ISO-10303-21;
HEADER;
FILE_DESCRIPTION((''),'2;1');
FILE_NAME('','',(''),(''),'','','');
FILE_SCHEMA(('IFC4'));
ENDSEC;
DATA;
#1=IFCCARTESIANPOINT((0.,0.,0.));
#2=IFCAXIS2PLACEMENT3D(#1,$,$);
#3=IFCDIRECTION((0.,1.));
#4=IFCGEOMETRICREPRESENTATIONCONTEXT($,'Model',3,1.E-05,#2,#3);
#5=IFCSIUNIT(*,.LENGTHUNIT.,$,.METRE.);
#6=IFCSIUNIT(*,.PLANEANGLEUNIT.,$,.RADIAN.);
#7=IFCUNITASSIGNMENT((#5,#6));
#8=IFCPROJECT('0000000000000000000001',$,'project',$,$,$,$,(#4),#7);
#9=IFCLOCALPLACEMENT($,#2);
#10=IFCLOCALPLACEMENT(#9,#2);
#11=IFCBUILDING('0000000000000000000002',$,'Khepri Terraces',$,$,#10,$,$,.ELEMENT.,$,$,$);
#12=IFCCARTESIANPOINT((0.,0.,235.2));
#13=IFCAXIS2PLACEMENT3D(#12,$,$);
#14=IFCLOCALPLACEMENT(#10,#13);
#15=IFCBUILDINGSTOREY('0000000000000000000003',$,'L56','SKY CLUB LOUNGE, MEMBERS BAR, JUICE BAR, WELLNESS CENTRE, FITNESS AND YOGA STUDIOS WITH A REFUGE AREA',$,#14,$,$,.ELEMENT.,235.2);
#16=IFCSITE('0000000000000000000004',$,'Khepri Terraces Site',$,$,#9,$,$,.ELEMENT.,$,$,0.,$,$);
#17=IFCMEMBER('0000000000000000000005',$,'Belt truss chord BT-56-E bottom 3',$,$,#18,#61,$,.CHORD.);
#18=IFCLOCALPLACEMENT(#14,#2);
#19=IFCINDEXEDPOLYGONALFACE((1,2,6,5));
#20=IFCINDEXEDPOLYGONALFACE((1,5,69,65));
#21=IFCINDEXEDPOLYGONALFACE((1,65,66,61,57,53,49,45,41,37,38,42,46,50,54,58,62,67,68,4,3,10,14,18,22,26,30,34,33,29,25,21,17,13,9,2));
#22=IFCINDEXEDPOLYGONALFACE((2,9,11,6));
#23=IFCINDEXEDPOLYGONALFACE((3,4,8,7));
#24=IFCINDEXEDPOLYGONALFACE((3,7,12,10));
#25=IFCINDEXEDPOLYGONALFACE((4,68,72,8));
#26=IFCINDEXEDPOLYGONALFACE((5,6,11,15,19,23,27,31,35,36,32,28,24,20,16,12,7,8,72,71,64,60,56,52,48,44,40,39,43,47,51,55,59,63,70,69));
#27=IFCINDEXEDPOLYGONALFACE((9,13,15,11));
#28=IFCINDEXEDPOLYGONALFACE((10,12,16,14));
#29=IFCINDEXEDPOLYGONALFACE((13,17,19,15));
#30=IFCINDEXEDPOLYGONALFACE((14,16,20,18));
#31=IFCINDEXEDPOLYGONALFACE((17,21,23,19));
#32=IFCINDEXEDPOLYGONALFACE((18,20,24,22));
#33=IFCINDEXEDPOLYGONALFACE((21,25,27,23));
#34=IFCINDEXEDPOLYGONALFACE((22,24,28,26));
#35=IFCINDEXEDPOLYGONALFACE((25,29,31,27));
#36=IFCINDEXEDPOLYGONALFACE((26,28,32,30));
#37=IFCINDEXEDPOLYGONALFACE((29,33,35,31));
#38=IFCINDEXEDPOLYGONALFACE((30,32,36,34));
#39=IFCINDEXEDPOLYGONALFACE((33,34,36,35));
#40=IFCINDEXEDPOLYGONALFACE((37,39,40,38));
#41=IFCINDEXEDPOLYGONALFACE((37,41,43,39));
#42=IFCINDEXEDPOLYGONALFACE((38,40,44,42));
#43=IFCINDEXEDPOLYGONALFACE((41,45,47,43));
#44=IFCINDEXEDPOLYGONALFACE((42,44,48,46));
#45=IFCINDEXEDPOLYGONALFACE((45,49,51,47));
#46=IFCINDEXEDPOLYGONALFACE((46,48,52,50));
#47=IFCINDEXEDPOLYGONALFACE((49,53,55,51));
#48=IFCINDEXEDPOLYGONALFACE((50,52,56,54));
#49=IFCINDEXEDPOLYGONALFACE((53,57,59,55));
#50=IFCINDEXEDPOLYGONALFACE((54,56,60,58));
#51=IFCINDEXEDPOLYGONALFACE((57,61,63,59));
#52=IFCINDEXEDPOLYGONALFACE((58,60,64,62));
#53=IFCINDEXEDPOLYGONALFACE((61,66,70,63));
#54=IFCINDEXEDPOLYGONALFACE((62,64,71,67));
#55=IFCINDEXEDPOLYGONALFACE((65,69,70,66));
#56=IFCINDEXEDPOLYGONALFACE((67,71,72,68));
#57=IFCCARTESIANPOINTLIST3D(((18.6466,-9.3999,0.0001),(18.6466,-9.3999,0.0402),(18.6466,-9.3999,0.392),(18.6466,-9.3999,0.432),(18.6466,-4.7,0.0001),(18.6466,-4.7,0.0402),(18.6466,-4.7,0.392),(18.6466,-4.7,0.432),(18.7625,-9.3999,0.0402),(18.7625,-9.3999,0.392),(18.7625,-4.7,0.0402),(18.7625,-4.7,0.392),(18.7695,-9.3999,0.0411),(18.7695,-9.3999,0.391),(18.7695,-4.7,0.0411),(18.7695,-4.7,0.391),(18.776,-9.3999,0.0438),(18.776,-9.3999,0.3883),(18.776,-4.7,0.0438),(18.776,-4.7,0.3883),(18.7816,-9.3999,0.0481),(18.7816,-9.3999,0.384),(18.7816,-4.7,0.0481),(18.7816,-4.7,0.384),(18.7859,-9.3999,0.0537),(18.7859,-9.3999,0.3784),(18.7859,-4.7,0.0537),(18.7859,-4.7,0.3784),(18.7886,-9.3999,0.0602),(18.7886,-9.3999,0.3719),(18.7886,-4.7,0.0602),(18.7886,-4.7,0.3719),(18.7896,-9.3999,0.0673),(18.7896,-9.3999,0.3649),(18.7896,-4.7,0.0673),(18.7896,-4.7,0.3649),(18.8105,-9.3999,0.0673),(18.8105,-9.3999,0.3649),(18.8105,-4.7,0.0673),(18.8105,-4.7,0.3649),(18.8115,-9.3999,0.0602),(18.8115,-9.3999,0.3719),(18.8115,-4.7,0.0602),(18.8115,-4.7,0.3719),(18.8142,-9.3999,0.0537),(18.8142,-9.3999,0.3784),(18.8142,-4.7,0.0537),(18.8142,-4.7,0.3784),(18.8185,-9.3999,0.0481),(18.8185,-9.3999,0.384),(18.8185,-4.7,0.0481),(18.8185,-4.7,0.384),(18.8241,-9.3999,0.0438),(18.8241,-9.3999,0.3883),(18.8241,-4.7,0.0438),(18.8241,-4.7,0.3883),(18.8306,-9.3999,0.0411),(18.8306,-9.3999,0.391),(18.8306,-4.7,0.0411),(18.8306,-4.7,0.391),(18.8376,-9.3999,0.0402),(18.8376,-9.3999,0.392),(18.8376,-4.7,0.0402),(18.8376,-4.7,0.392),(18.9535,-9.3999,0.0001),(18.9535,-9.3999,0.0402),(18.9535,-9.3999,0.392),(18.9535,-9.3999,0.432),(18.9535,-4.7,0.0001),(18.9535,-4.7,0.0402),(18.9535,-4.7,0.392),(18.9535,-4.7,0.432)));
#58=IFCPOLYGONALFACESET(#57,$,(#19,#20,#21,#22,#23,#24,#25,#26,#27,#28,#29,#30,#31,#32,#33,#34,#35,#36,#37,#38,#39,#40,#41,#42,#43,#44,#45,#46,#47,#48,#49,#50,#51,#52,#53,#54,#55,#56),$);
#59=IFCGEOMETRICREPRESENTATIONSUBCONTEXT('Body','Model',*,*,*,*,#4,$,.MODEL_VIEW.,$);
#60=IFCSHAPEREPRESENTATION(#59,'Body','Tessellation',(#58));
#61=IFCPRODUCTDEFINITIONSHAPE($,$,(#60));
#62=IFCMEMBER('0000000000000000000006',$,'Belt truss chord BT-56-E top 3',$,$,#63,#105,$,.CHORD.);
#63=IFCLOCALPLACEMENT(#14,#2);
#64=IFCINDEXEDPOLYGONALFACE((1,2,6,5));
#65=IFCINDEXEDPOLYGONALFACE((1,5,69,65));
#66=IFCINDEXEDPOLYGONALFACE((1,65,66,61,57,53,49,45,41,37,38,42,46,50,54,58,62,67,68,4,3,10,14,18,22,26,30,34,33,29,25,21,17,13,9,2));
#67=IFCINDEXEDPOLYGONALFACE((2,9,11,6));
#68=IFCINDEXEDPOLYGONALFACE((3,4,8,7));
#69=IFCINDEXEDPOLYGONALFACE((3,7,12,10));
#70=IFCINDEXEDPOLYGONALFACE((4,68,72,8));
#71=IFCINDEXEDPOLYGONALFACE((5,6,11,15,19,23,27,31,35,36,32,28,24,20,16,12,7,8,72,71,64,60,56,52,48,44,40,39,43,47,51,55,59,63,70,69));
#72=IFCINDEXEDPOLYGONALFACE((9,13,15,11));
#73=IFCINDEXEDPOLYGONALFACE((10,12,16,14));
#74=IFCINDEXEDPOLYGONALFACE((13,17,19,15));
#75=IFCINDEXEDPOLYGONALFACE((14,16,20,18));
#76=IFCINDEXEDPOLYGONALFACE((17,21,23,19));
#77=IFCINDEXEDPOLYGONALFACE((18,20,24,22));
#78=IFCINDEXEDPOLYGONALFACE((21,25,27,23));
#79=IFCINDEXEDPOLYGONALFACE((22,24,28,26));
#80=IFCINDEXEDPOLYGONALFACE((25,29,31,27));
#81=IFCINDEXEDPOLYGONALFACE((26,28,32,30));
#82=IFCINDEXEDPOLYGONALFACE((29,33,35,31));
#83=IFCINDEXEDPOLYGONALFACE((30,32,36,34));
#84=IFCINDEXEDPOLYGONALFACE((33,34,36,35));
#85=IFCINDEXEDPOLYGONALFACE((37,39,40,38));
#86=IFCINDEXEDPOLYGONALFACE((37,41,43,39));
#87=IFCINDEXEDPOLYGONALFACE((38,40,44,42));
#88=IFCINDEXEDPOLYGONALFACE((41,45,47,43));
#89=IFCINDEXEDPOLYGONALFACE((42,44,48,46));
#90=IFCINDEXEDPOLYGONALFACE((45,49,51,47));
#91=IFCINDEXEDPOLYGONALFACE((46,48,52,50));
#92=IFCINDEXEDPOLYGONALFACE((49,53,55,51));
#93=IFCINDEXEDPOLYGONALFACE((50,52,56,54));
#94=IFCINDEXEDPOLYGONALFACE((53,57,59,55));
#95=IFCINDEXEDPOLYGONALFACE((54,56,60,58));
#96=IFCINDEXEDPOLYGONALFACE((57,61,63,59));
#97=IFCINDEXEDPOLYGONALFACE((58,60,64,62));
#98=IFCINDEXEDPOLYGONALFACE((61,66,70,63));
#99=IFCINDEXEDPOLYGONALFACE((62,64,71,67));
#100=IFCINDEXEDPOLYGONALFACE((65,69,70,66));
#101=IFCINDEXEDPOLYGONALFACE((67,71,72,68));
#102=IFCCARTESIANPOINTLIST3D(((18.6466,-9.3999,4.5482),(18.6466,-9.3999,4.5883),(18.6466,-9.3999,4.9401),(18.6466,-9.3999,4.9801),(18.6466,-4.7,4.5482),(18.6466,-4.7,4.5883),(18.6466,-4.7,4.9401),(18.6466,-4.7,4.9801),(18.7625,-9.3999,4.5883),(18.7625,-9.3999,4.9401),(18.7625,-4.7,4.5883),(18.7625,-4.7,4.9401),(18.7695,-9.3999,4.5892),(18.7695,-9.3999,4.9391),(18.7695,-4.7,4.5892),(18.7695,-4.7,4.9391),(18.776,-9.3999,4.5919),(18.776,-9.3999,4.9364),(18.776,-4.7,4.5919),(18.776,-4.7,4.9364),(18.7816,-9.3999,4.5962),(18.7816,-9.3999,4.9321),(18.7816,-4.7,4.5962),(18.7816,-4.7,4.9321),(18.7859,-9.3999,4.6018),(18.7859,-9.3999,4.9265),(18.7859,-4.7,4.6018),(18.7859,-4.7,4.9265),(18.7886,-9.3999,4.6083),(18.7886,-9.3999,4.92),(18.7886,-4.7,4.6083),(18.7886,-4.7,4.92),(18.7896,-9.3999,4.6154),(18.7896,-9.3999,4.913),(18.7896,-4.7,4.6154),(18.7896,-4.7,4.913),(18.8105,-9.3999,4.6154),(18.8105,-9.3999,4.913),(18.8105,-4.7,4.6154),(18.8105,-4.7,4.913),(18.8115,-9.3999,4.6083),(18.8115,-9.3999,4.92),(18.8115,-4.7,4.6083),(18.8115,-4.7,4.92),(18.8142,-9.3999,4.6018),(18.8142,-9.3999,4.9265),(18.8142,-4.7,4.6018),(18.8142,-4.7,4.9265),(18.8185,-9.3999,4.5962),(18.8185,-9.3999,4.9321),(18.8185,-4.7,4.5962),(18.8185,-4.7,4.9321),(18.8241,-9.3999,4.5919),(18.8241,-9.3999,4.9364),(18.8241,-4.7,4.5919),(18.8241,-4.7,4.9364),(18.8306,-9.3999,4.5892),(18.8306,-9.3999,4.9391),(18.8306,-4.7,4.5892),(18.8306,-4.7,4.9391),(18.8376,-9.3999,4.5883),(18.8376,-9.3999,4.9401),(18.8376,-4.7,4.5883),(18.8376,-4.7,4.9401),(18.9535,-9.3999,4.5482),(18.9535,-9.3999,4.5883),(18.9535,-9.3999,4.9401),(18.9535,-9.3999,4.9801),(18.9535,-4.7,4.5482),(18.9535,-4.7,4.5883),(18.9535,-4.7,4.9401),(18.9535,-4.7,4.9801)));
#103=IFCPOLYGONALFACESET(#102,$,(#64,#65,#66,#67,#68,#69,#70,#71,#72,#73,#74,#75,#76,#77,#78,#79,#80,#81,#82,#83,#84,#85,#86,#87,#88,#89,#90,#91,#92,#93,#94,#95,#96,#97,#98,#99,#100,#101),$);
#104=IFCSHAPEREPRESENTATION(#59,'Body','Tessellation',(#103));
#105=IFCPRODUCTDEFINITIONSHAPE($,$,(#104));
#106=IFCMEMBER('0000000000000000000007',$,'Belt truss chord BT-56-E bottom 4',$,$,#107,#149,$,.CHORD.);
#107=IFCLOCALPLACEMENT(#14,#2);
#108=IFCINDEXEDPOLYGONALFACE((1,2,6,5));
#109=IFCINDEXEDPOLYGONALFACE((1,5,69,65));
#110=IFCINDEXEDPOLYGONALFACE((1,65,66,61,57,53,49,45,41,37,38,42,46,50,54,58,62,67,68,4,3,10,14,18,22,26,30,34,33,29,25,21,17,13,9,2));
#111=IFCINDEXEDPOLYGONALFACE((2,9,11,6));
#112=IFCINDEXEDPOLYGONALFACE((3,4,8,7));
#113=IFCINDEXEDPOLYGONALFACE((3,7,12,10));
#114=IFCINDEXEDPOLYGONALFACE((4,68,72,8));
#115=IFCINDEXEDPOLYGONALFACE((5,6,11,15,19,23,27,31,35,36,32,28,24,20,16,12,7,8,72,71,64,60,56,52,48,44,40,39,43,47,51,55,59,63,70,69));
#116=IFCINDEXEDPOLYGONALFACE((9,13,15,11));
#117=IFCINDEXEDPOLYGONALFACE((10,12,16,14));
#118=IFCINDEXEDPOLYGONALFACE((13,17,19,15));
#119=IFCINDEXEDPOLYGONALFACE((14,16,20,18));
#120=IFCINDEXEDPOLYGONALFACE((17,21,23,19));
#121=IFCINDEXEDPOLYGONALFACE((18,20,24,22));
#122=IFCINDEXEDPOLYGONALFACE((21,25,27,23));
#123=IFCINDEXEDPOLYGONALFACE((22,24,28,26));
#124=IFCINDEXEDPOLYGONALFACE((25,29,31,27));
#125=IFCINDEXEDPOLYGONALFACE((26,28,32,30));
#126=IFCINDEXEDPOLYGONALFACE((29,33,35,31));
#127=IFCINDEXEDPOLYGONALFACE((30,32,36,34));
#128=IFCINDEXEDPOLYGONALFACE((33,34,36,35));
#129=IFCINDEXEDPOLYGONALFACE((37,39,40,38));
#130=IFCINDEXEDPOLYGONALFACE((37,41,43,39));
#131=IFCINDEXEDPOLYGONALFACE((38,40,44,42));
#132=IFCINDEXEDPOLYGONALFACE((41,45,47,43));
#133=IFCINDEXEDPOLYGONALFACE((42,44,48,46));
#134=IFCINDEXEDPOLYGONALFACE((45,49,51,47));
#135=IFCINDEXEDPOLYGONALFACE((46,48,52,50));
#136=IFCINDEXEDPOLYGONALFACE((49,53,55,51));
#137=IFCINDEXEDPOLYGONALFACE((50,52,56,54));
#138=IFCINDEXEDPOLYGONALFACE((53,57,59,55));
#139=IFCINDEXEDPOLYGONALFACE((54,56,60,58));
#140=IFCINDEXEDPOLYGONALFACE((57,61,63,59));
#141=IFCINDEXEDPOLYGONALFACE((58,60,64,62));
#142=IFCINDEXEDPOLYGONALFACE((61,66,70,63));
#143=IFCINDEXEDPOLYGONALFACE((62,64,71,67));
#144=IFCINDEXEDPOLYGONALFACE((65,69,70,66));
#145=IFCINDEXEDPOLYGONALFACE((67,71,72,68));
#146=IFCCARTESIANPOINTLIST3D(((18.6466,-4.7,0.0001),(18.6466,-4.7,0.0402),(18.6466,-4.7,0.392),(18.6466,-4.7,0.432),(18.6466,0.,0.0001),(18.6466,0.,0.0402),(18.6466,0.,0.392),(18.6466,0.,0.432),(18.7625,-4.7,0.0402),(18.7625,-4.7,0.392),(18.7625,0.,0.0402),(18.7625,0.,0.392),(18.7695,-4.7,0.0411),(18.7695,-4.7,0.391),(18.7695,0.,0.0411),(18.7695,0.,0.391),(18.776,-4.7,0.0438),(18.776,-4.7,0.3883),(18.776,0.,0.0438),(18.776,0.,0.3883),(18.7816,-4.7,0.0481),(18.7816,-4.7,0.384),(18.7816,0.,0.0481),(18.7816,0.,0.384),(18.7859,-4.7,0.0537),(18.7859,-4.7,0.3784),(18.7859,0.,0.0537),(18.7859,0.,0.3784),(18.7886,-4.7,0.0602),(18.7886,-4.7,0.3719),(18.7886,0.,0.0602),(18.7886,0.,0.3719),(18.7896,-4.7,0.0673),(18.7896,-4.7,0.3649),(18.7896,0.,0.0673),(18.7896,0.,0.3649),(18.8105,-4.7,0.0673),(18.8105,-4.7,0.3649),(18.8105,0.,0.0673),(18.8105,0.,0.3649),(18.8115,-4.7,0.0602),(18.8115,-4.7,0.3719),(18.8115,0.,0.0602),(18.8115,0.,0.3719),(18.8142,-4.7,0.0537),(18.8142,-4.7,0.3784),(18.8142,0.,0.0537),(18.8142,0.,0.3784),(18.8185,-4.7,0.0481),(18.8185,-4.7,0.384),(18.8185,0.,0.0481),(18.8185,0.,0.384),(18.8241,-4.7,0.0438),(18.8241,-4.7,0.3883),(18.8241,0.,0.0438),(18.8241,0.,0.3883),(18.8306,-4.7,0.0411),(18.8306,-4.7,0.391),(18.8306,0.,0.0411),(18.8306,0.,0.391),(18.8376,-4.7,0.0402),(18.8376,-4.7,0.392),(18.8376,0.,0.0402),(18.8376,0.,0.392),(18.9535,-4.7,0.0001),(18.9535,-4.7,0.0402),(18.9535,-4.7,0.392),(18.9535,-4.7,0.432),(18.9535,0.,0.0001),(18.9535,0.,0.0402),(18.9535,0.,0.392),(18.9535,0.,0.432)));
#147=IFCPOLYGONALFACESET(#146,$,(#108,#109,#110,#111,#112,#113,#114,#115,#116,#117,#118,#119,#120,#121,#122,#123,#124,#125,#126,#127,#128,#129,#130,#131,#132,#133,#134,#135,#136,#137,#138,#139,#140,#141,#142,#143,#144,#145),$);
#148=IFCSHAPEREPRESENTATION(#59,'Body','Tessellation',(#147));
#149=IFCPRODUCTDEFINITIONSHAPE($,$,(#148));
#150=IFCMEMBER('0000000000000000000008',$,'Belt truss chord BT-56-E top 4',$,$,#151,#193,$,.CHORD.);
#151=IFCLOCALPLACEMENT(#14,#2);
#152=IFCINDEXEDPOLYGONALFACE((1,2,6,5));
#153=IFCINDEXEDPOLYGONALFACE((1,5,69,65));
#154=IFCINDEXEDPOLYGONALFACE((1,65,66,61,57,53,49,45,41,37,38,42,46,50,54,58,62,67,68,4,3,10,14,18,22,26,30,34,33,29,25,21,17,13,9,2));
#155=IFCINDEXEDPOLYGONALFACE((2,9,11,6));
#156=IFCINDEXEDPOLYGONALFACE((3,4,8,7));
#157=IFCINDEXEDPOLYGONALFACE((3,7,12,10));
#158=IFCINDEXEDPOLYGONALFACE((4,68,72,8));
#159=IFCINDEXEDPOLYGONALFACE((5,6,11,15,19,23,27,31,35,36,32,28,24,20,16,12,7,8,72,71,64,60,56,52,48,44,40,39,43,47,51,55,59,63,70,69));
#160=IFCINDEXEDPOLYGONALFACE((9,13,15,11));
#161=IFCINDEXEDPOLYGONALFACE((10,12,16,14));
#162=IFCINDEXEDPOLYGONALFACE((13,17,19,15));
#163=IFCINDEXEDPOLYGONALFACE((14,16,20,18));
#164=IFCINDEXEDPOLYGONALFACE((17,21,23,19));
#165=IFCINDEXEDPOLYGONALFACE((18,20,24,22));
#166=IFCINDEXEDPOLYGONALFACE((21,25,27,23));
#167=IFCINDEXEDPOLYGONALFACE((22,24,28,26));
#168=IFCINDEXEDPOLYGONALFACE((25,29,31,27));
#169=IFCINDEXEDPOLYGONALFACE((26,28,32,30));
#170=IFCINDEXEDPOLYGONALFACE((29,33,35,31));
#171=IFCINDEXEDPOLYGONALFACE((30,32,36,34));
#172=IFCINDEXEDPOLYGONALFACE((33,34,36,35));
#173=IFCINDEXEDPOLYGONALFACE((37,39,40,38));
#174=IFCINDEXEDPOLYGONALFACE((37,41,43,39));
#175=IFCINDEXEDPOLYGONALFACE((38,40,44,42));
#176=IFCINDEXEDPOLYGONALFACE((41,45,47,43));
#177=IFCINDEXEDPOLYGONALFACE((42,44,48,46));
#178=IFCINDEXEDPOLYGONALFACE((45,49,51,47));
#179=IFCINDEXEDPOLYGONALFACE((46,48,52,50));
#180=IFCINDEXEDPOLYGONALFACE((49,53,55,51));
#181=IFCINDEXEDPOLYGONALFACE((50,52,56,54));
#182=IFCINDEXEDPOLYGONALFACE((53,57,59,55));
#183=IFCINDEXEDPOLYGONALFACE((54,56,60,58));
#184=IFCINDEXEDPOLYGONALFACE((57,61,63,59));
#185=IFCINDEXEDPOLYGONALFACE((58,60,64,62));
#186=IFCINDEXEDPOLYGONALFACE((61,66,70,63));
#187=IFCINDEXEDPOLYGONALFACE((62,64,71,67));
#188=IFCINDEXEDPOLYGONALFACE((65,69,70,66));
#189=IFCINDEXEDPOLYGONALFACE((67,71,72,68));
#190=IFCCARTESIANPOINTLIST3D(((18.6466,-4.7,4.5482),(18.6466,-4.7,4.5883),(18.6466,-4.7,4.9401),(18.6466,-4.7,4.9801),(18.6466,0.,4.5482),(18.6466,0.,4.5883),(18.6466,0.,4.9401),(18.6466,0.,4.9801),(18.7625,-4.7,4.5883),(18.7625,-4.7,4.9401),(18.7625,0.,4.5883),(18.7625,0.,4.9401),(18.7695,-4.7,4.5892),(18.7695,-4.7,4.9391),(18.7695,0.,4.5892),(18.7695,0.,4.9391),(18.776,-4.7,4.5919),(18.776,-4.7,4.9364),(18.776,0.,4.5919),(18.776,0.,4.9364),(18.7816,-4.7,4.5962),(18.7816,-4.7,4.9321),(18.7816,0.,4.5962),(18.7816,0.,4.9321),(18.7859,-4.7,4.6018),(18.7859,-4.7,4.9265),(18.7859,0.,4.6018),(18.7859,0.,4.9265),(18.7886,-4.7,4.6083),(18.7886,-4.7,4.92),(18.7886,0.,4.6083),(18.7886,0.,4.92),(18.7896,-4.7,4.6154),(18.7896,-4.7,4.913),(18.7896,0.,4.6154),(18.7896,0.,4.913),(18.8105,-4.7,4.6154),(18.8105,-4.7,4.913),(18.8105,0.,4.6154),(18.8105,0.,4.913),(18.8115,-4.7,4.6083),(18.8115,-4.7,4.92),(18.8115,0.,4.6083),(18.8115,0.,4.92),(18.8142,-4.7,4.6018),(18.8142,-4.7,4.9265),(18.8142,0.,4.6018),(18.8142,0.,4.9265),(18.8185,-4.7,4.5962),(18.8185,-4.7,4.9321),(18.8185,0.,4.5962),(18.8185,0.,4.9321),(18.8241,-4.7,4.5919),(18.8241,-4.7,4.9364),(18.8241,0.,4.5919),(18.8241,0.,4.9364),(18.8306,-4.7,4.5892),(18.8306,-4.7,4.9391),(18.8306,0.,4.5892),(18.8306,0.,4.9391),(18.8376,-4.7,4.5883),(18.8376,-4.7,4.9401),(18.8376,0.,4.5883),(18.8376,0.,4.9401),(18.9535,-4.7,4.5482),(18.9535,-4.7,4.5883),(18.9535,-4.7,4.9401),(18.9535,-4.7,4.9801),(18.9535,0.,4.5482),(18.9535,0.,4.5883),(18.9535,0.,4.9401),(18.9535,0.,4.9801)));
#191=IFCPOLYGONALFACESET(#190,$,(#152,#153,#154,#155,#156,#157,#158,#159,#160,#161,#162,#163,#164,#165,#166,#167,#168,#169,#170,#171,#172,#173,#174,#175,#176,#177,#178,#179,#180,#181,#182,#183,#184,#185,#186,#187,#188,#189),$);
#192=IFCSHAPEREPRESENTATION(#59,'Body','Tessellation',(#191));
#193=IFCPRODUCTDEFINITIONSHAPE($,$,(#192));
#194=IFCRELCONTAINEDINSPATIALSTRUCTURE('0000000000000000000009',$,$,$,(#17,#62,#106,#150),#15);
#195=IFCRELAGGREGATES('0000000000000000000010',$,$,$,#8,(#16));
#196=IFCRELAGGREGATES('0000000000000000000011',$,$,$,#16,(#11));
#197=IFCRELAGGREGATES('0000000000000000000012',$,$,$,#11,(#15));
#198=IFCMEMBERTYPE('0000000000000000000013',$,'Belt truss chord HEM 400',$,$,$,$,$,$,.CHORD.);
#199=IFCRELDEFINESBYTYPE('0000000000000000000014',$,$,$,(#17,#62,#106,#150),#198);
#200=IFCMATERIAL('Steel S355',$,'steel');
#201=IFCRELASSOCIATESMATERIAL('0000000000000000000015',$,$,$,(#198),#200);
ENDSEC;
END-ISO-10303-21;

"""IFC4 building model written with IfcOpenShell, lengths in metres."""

from ifc_helpers import new_model, si_unit, direction, frame, origin, origin_2d, place, context, subcontext, project, spatial, i_section, extrude, material, material_profile, profile_set, type_object, element, save


model = new_model("IFC4")

# Units and contexts
model_context = context("Model", 3, precision=1e-05, world=origin(), true_north=direction((0.0, 1.0)))
body_context = subcontext(model_context, "Body", "Model", "MODEL_VIEW")
ifc_project = project(units=[si_unit("LENGTHUNIT", "METRE"), si_unit("PLANEANGLEUNIT", "RADIAN")], contexts=[model_context])

# Site, building, storey
site_placement = place(None, origin())
site = spatial("IfcSite", under=ifc_project, at=site_placement, Name="Khepri Terraces Site", CompositionType="ELEMENT", RefElevation=0.0)
building_placement = place(site_placement, origin())
building = spatial("IfcBuilding", under=site, at=building_placement, Name="Khepri Terraces", CompositionType="ELEMENT")
storey_placement = place(building_placement, frame((0.0, 0.0, 235.2)))
storey = spatial("IfcBuildingStorey", under=building, at=storey_placement, Name="L56", Description="SKY CLUB LOUNGE, MEMBERS BAR, JUICE BAR, WELLNESS CENTRE, FITNESS AND YOGA STUDIOS WITH A REFUGE AREA", CompositionType="ELEMENT", Elevation=235.2)

# Members
ifc_material_1 = material(Name="Steel S355", Category="steel")
ifc_material_profile_1 = material_profile(ifc_material_1, i_section(OverallWidth=0.3069, OverallDepth=0.4319, WebThickness=0.021, FlangeThickness=0.04, FilletRadius=0.0271, at=origin_2d()), Name="Steel S355", Category="steel")
ifc_profile_set_1 = profile_set([ifc_material_profile_1], Name="Steel S355")
member_type_1 = type_object("IfcMemberType", Name="Belt truss chord HEM 400", PredefinedType="CHORD", material=ifc_profile_set_1)
for number, where, z_axis, x_axis, name in (
    (1, (18.8, -9.3999, 0.2161), (0.0, 1.0, 0.0), (-1.0, 0.0, 0.0), "Belt truss chord BT-56-E bottom 3"),
    (2, (18.8, -9.3999, 4.7642), (0.0, 1.0, 0.0), (-1.0, 0.0, 0.0), "Belt truss chord BT-56-E top 3"),
    (3, (18.8, -4.7, 0.2161), (0.0, 1.0, 0.0), (-1.0, 0.0, 0.0), "Belt truss chord BT-56-E bottom 4"),
    (4, (18.8, -4.7, 4.7642), (0.0, 1.0, 0.0), (-1.0, 0.0, 0.0), "Belt truss chord BT-56-E top 4"),
):
    element("IfcMember", number, at=place(storey_placement, frame(where, z_axis=z_axis, x_axis=x_axis)), inside=storey, type_object=member_type_1, Name=name, PredefinedType="CHORD", context=body_context, shape_type="SweptSolid", body=[
        extrude(i_section(OverallWidth=0.3069, OverallDepth=0.4319, WebThickness=0.021, FlangeThickness=0.04, FilletRadius=0.0271, at=origin_2d()), origin(), (0.0, 0.0, 1.0), 4.7),
    ])

save(model, "model.ifc")
